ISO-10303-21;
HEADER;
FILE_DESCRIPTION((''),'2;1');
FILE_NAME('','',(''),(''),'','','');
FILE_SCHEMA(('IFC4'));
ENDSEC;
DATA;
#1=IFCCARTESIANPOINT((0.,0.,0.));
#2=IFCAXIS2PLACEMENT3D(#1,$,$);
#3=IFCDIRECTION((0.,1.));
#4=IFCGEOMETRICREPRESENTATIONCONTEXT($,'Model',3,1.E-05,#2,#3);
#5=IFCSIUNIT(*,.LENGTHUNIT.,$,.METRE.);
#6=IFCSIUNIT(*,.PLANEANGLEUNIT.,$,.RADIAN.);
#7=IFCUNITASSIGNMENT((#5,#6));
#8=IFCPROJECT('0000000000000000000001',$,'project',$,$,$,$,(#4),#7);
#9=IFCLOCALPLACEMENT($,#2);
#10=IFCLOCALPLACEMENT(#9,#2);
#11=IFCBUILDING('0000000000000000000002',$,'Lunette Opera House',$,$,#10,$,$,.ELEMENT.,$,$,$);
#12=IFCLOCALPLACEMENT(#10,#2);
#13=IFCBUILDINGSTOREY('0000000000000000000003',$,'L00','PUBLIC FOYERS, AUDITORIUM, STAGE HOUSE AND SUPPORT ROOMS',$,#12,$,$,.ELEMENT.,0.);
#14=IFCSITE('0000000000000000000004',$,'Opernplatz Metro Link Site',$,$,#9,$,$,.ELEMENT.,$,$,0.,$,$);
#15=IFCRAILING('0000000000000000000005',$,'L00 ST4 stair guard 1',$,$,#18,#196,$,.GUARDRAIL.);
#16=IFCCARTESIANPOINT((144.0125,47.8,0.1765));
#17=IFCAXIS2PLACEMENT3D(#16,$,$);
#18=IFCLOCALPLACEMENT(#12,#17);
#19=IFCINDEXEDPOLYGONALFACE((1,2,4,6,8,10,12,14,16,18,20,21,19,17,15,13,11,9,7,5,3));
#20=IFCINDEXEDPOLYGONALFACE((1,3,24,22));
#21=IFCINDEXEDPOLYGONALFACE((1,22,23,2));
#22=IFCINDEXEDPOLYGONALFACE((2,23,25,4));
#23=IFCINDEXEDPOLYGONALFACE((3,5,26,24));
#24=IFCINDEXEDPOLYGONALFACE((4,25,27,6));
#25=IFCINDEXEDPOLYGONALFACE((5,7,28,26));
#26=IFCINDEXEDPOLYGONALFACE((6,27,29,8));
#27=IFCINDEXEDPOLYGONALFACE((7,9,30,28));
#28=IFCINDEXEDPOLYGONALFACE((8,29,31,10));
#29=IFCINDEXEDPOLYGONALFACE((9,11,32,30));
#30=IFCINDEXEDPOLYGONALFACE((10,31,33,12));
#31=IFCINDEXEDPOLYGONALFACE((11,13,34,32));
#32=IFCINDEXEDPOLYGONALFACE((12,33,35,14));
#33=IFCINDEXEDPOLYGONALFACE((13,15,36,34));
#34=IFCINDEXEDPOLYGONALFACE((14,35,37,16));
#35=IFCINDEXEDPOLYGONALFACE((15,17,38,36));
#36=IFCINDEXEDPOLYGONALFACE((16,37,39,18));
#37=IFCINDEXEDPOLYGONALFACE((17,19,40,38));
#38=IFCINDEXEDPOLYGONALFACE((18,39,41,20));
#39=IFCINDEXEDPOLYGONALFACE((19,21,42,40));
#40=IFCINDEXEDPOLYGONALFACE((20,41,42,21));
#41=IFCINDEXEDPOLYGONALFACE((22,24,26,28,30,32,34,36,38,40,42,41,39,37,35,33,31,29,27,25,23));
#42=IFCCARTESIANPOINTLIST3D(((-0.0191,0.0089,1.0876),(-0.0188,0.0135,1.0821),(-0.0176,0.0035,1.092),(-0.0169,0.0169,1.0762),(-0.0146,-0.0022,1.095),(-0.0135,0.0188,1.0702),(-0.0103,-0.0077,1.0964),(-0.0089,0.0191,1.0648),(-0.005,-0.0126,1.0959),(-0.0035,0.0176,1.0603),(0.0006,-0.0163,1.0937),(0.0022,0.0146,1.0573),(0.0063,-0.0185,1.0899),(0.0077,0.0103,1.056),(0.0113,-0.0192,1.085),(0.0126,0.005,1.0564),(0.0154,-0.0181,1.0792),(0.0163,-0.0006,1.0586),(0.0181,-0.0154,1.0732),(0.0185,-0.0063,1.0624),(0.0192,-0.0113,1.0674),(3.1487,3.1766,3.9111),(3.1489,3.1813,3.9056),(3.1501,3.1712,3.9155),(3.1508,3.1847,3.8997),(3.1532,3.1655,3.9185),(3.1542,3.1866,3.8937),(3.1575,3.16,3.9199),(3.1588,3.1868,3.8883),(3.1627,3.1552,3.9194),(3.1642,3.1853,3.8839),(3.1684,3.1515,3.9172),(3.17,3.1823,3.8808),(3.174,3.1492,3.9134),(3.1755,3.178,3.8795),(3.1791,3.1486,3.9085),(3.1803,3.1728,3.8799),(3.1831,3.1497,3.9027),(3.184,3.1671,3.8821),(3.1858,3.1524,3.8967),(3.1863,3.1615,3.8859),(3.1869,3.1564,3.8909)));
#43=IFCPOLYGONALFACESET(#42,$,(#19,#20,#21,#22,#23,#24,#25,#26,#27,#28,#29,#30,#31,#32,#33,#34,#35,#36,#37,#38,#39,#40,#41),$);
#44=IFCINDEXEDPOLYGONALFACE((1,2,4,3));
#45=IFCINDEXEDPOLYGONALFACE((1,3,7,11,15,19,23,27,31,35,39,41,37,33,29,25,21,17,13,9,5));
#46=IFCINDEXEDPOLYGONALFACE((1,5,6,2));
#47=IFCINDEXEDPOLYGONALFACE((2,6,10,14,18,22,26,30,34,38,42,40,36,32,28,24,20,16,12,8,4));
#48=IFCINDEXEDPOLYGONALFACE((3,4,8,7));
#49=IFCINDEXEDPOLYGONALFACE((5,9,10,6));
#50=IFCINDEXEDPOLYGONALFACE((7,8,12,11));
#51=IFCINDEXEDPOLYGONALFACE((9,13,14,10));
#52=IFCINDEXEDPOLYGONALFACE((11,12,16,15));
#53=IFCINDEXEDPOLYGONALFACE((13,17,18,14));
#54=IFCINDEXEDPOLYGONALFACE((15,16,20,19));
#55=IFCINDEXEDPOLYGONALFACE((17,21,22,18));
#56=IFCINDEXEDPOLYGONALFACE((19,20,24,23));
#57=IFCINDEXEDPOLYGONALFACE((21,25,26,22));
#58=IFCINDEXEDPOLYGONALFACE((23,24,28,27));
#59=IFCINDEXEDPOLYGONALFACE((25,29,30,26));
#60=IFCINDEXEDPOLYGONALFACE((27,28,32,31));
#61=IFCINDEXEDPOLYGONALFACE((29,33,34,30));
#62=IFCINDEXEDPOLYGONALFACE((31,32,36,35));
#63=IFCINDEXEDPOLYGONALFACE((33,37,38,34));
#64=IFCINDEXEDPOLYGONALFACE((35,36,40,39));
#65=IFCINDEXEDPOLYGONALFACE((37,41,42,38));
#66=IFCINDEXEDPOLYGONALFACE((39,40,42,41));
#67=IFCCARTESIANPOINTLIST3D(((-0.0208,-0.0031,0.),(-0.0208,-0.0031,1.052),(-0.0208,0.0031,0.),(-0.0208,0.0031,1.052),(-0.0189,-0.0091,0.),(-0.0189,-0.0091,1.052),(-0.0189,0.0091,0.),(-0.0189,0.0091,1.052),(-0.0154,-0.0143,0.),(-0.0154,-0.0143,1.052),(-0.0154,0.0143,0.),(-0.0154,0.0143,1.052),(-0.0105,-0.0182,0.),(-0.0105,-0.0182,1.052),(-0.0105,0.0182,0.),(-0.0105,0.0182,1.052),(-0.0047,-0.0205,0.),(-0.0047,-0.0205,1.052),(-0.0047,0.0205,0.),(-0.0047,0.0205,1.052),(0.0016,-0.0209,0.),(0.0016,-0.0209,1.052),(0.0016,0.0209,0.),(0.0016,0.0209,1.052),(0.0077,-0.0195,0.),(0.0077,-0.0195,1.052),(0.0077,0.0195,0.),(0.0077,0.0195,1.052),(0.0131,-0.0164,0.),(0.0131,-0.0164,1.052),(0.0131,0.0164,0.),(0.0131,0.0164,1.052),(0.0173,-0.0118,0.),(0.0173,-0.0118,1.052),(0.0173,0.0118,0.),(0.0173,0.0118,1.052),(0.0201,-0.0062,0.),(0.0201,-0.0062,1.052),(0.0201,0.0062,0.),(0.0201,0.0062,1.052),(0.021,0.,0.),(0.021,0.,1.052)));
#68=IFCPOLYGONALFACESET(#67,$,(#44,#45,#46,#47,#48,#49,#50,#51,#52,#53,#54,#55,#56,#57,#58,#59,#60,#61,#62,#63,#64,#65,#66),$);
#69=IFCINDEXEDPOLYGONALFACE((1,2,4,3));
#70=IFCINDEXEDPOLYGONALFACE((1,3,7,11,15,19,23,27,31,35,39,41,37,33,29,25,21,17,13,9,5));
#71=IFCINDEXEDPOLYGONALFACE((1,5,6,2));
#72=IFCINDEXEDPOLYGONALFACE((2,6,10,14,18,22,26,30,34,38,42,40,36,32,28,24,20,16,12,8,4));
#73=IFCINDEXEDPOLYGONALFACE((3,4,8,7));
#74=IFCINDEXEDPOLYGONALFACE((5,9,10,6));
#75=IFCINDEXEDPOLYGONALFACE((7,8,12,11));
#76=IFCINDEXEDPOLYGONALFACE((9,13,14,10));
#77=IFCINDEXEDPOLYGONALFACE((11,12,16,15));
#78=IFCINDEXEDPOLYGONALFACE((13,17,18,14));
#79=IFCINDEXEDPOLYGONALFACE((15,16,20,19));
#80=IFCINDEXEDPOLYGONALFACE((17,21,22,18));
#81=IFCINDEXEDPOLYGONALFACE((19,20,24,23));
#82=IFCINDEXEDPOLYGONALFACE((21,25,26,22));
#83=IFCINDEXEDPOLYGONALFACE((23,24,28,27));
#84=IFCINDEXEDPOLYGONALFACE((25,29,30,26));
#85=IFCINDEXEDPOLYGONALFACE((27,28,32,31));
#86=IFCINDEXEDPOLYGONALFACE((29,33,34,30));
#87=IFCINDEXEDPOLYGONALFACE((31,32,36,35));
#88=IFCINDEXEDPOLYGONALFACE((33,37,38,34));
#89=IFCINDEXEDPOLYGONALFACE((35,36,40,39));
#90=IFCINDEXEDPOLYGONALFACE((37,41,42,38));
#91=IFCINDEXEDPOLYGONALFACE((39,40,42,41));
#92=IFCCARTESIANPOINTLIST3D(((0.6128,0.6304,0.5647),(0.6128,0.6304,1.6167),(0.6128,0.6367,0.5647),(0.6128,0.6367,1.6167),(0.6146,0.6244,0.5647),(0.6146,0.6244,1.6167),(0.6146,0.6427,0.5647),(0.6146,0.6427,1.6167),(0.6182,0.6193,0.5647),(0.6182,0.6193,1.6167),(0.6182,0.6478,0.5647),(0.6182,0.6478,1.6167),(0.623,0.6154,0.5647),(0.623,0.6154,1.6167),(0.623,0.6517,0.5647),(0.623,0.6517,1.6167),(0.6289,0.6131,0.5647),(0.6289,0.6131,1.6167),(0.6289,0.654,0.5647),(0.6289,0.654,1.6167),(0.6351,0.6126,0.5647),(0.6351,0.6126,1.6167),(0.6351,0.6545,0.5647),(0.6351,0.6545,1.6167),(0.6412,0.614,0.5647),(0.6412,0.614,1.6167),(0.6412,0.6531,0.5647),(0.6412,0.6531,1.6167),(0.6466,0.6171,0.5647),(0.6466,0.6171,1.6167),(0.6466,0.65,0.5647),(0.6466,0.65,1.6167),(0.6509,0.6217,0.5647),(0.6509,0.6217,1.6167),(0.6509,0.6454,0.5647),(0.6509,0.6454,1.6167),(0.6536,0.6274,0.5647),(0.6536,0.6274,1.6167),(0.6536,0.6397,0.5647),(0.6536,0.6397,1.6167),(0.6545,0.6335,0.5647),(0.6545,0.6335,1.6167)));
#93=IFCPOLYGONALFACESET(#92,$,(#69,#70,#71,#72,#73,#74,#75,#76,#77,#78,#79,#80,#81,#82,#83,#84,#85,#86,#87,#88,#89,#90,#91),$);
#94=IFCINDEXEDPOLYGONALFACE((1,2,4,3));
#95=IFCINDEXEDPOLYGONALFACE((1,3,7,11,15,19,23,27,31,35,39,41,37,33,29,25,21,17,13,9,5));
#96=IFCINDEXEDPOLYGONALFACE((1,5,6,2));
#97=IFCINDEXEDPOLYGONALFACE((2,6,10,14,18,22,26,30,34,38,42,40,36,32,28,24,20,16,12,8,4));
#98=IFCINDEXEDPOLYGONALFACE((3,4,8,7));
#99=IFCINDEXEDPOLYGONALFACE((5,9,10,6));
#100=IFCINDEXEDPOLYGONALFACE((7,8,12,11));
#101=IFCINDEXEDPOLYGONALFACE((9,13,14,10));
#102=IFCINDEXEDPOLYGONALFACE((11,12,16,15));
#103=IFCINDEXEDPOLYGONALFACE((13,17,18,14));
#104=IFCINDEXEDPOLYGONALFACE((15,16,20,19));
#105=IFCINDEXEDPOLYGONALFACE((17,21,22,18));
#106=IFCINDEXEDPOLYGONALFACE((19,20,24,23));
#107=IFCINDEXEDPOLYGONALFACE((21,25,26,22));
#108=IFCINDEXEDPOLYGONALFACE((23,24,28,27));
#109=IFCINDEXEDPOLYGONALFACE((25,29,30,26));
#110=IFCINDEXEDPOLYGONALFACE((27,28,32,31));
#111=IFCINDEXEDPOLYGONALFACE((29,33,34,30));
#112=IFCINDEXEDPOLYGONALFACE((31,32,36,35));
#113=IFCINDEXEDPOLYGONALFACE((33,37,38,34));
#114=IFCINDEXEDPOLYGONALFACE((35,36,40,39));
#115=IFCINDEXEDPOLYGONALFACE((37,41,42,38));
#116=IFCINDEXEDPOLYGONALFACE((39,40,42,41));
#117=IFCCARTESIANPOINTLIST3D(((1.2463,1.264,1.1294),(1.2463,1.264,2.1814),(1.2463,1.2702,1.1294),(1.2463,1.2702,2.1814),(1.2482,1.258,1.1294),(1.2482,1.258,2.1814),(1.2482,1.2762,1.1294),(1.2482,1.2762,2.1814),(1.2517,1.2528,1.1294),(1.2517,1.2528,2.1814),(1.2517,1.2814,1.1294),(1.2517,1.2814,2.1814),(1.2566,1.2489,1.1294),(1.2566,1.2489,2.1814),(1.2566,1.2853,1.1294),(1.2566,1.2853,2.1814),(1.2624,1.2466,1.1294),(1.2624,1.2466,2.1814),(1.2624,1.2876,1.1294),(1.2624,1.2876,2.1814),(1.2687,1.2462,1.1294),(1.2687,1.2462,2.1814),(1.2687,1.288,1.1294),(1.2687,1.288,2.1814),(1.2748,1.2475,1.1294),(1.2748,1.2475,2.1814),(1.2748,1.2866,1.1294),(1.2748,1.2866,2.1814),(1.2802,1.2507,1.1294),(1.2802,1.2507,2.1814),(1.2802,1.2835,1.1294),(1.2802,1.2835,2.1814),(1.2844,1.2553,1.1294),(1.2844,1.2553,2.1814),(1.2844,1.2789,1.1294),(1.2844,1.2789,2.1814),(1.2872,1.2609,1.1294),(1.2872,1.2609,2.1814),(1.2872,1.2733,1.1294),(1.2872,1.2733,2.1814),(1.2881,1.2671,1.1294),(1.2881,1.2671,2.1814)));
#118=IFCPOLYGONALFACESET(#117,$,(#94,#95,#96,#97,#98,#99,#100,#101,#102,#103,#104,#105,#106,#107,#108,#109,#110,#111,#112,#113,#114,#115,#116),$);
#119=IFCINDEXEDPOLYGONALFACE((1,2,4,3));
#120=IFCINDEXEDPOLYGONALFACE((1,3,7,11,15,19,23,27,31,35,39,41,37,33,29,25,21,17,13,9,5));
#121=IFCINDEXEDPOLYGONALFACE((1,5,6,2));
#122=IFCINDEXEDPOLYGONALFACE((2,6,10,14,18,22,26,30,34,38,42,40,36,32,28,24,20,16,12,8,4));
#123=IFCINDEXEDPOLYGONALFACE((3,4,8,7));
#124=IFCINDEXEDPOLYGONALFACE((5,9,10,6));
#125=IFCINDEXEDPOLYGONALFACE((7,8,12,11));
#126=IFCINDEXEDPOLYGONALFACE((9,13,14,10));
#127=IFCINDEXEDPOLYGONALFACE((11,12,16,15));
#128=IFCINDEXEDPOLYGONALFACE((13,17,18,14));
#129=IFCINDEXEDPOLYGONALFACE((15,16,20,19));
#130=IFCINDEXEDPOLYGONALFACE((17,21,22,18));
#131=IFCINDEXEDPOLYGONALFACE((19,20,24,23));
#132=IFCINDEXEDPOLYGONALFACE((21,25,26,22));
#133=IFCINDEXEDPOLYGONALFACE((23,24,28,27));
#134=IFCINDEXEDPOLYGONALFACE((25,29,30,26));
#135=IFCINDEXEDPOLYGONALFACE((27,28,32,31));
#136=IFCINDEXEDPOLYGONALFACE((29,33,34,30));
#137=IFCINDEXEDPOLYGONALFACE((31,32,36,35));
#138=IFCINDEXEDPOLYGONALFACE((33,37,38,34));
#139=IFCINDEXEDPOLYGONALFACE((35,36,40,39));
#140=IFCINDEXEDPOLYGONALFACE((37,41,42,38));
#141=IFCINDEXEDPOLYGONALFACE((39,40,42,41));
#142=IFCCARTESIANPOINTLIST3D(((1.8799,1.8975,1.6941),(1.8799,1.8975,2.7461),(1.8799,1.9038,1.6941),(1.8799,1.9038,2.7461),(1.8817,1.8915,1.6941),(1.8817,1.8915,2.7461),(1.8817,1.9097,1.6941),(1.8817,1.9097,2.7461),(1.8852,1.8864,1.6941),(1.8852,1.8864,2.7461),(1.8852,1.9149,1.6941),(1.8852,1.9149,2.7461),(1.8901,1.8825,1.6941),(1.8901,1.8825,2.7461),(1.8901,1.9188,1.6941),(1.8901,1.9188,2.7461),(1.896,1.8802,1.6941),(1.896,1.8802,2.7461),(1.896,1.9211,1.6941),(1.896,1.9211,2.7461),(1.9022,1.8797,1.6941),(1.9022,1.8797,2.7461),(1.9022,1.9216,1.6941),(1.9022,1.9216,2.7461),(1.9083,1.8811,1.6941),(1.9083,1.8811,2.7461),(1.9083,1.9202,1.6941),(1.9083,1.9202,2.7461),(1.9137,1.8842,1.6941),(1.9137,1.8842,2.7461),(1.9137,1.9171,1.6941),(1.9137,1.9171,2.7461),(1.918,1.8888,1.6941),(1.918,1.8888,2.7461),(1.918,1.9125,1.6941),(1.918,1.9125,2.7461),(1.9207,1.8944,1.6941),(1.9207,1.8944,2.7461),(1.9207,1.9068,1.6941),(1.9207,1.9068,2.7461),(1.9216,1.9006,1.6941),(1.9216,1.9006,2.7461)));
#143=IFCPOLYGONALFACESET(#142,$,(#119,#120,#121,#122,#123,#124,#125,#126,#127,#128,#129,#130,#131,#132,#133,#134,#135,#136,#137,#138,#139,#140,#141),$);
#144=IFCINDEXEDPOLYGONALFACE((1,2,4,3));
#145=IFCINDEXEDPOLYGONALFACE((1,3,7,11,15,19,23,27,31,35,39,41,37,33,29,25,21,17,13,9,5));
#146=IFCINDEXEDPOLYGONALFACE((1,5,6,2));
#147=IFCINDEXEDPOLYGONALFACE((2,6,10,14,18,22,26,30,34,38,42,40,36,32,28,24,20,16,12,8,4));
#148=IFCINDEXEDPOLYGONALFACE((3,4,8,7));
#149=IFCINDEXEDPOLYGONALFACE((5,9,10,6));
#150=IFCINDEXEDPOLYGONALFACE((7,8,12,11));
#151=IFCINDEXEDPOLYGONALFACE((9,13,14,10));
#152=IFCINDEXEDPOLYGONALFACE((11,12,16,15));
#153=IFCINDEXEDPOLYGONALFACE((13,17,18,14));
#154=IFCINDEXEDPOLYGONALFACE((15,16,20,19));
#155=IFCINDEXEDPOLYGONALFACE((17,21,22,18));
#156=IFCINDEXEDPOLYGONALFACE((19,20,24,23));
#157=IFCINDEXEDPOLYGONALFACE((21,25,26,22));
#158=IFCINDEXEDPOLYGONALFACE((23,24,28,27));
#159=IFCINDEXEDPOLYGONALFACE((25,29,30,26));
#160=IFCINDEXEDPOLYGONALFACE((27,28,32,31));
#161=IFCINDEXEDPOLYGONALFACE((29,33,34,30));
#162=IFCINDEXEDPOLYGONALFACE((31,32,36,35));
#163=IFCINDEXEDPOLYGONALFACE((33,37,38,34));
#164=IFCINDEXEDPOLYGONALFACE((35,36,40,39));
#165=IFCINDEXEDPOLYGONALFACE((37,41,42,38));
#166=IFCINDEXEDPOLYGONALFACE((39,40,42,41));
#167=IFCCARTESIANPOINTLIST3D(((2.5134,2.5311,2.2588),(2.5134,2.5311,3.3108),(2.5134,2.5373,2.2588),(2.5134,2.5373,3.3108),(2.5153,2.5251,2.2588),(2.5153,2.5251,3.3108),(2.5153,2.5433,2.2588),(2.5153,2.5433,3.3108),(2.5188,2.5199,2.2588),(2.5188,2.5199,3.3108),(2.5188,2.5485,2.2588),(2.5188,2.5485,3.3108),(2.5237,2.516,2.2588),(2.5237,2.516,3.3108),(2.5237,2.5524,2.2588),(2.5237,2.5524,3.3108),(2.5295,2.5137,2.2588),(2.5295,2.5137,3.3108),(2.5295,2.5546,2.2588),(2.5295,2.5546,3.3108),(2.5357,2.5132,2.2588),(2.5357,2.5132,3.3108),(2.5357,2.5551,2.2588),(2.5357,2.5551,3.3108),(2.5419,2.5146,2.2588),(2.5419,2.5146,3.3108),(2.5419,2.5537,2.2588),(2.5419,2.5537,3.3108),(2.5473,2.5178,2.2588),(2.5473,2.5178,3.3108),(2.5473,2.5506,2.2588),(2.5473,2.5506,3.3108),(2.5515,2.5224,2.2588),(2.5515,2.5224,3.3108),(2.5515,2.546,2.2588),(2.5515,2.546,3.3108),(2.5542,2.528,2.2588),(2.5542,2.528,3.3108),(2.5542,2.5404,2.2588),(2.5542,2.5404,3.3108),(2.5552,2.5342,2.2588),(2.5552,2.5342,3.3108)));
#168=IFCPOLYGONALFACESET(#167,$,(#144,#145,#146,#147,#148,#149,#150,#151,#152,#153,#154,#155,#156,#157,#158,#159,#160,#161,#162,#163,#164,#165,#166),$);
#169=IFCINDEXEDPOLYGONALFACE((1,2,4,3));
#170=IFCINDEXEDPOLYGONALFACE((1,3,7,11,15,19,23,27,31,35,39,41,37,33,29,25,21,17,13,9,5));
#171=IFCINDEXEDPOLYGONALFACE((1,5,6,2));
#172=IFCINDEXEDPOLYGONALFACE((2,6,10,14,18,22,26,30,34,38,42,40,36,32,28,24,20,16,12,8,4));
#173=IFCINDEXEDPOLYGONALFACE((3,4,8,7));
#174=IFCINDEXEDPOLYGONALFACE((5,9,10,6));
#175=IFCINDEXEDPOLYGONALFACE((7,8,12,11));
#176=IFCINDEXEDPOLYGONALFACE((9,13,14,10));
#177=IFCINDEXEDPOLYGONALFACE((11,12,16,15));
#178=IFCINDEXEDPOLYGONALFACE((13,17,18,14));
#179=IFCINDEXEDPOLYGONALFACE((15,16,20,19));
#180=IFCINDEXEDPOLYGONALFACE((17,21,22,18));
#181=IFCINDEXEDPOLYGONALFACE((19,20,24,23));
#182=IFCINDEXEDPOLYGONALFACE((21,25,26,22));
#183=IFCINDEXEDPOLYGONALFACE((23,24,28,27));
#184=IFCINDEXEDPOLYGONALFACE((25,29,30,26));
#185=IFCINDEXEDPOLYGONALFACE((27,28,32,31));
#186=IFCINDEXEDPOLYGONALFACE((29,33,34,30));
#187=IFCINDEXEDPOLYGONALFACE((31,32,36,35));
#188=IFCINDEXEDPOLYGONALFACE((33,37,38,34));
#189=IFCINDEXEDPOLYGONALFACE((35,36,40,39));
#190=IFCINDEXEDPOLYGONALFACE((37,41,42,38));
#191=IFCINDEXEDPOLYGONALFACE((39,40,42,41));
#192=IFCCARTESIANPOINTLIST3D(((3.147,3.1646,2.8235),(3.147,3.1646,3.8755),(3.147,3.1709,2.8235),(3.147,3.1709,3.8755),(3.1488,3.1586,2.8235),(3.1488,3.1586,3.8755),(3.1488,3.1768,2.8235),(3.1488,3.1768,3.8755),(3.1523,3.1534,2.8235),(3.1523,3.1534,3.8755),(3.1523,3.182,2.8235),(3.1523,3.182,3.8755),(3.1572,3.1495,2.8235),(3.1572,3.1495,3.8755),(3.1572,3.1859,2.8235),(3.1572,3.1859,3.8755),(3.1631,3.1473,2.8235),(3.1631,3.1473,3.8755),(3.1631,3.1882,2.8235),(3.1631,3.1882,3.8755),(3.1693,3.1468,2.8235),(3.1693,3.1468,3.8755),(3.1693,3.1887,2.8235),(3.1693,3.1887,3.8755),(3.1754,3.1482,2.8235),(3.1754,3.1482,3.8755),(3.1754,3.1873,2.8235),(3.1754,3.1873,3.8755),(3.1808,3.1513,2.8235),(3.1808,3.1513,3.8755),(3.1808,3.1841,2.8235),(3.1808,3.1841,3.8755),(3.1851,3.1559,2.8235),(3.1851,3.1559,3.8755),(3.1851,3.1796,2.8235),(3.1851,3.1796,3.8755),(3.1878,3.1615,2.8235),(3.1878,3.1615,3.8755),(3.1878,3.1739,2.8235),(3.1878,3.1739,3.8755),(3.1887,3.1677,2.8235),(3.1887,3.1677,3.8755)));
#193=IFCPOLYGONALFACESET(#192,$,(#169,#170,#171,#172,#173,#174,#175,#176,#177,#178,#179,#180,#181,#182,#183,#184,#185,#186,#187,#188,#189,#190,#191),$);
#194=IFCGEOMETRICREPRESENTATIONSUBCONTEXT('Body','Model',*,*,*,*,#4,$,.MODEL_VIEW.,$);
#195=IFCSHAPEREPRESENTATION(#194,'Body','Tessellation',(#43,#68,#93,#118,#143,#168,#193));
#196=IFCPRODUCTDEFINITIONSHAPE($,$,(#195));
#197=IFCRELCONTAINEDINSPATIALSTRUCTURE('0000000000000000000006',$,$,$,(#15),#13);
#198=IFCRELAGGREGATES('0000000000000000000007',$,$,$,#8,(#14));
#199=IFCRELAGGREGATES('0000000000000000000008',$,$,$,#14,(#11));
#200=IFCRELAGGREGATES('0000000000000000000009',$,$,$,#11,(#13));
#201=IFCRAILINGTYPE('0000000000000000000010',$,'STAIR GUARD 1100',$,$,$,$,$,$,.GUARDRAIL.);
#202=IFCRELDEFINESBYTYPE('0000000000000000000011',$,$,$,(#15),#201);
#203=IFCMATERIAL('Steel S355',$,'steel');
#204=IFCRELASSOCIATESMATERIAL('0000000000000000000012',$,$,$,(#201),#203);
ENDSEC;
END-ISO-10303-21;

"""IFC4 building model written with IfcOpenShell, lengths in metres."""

from ifc_helpers import new_model, si_unit, direction, frame, origin, origin_2d, place, context, subcontext, project, spatial, circle, extrude, material, type_object, element, save


model = new_model("IFC4")

# Units and contexts
model_context = context("Model", 3, precision=1e-05, world=origin(), true_north=direction((0.0, 1.0)))
body_context = subcontext(model_context, "Body", "Model", "MODEL_VIEW")
ifc_project = project(units=[si_unit("LENGTHUNIT", "METRE"), si_unit("PLANEANGLEUNIT", "RADIAN")], contexts=[model_context])

# Site, building, storey
site_placement = place(None, origin())
site = spatial("IfcSite", under=ifc_project, at=site_placement, Name="Opernplatz Metro Link Site", CompositionType="ELEMENT", RefElevation=0.0)
building_placement = place(site_placement, origin())
building = spatial("IfcBuilding", under=site, at=building_placement, Name="Lunette Opera House", CompositionType="ELEMENT")
storey_placement = place(building_placement, origin())
storey = spatial("IfcBuildingStorey", under=building, at=storey_placement, Name="L00", Description="PUBLIC FOYERS, AUDITORIUM, STAGE HOUSE AND SUPPORT ROOMS", CompositionType="ELEMENT", Elevation=0.0)

# Railing
ifc_material_1 = material(Name="Steel S355", Category="steel")
railing_type_1 = type_object("IfcRailingType", Name="STAIR GUARD 1100", PredefinedType="GUARDRAIL", material=ifc_material_1)
railing_1_placement = place(storey_placement, frame((144.0125, 47.8, 0.1765)))
element("IfcRailing", 1, at=railing_1_placement, inside=storey, type_object=railing_type_1, Name="L00 ST4 stair guard 1", PredefinedType="GUARDRAIL", context=body_context, shape_type="SweptSolid", body=[
    extrude(circle(Radius=0.0239, at=origin_2d()), frame((0.0, 0.0, 1.0762), z_axis=(0.598206, 0.598206, 0.533198), x_axis=(-0.707107, 0.707107, 0.0)), (0.0, 0.0, 1.0), 5.2954),
    extrude(circle(Radius=0.021, at=origin_2d()), origin(), (0.0, 0.0, 1.0), 1.052),
    extrude(circle(Radius=0.021, at=origin_2d()), frame((0.6335, 0.6335, 0.5647)), (0.0, 0.0, 1.0), 1.052),
    extrude(circle(Radius=0.021, at=origin_2d()), frame((1.2671, 1.2671, 1.1294)), (0.0, 0.0, 1.0), 1.052),
    extrude(circle(Radius=0.021, at=origin_2d()), frame((1.9006, 1.9006, 1.6941)), (0.0, 0.0, 1.0), 1.052),
    extrude(circle(Radius=0.021, at=origin_2d()), frame((2.5342, 2.5342, 2.2588)), (0.0, 0.0, 1.0), 1.052),
    extrude(circle(Radius=0.021, at=origin_2d()), frame((3.1677, 3.1677, 2.8235)), (0.0, 0.0, 1.0), 1.052),
])

save(model, "model.ifc")
